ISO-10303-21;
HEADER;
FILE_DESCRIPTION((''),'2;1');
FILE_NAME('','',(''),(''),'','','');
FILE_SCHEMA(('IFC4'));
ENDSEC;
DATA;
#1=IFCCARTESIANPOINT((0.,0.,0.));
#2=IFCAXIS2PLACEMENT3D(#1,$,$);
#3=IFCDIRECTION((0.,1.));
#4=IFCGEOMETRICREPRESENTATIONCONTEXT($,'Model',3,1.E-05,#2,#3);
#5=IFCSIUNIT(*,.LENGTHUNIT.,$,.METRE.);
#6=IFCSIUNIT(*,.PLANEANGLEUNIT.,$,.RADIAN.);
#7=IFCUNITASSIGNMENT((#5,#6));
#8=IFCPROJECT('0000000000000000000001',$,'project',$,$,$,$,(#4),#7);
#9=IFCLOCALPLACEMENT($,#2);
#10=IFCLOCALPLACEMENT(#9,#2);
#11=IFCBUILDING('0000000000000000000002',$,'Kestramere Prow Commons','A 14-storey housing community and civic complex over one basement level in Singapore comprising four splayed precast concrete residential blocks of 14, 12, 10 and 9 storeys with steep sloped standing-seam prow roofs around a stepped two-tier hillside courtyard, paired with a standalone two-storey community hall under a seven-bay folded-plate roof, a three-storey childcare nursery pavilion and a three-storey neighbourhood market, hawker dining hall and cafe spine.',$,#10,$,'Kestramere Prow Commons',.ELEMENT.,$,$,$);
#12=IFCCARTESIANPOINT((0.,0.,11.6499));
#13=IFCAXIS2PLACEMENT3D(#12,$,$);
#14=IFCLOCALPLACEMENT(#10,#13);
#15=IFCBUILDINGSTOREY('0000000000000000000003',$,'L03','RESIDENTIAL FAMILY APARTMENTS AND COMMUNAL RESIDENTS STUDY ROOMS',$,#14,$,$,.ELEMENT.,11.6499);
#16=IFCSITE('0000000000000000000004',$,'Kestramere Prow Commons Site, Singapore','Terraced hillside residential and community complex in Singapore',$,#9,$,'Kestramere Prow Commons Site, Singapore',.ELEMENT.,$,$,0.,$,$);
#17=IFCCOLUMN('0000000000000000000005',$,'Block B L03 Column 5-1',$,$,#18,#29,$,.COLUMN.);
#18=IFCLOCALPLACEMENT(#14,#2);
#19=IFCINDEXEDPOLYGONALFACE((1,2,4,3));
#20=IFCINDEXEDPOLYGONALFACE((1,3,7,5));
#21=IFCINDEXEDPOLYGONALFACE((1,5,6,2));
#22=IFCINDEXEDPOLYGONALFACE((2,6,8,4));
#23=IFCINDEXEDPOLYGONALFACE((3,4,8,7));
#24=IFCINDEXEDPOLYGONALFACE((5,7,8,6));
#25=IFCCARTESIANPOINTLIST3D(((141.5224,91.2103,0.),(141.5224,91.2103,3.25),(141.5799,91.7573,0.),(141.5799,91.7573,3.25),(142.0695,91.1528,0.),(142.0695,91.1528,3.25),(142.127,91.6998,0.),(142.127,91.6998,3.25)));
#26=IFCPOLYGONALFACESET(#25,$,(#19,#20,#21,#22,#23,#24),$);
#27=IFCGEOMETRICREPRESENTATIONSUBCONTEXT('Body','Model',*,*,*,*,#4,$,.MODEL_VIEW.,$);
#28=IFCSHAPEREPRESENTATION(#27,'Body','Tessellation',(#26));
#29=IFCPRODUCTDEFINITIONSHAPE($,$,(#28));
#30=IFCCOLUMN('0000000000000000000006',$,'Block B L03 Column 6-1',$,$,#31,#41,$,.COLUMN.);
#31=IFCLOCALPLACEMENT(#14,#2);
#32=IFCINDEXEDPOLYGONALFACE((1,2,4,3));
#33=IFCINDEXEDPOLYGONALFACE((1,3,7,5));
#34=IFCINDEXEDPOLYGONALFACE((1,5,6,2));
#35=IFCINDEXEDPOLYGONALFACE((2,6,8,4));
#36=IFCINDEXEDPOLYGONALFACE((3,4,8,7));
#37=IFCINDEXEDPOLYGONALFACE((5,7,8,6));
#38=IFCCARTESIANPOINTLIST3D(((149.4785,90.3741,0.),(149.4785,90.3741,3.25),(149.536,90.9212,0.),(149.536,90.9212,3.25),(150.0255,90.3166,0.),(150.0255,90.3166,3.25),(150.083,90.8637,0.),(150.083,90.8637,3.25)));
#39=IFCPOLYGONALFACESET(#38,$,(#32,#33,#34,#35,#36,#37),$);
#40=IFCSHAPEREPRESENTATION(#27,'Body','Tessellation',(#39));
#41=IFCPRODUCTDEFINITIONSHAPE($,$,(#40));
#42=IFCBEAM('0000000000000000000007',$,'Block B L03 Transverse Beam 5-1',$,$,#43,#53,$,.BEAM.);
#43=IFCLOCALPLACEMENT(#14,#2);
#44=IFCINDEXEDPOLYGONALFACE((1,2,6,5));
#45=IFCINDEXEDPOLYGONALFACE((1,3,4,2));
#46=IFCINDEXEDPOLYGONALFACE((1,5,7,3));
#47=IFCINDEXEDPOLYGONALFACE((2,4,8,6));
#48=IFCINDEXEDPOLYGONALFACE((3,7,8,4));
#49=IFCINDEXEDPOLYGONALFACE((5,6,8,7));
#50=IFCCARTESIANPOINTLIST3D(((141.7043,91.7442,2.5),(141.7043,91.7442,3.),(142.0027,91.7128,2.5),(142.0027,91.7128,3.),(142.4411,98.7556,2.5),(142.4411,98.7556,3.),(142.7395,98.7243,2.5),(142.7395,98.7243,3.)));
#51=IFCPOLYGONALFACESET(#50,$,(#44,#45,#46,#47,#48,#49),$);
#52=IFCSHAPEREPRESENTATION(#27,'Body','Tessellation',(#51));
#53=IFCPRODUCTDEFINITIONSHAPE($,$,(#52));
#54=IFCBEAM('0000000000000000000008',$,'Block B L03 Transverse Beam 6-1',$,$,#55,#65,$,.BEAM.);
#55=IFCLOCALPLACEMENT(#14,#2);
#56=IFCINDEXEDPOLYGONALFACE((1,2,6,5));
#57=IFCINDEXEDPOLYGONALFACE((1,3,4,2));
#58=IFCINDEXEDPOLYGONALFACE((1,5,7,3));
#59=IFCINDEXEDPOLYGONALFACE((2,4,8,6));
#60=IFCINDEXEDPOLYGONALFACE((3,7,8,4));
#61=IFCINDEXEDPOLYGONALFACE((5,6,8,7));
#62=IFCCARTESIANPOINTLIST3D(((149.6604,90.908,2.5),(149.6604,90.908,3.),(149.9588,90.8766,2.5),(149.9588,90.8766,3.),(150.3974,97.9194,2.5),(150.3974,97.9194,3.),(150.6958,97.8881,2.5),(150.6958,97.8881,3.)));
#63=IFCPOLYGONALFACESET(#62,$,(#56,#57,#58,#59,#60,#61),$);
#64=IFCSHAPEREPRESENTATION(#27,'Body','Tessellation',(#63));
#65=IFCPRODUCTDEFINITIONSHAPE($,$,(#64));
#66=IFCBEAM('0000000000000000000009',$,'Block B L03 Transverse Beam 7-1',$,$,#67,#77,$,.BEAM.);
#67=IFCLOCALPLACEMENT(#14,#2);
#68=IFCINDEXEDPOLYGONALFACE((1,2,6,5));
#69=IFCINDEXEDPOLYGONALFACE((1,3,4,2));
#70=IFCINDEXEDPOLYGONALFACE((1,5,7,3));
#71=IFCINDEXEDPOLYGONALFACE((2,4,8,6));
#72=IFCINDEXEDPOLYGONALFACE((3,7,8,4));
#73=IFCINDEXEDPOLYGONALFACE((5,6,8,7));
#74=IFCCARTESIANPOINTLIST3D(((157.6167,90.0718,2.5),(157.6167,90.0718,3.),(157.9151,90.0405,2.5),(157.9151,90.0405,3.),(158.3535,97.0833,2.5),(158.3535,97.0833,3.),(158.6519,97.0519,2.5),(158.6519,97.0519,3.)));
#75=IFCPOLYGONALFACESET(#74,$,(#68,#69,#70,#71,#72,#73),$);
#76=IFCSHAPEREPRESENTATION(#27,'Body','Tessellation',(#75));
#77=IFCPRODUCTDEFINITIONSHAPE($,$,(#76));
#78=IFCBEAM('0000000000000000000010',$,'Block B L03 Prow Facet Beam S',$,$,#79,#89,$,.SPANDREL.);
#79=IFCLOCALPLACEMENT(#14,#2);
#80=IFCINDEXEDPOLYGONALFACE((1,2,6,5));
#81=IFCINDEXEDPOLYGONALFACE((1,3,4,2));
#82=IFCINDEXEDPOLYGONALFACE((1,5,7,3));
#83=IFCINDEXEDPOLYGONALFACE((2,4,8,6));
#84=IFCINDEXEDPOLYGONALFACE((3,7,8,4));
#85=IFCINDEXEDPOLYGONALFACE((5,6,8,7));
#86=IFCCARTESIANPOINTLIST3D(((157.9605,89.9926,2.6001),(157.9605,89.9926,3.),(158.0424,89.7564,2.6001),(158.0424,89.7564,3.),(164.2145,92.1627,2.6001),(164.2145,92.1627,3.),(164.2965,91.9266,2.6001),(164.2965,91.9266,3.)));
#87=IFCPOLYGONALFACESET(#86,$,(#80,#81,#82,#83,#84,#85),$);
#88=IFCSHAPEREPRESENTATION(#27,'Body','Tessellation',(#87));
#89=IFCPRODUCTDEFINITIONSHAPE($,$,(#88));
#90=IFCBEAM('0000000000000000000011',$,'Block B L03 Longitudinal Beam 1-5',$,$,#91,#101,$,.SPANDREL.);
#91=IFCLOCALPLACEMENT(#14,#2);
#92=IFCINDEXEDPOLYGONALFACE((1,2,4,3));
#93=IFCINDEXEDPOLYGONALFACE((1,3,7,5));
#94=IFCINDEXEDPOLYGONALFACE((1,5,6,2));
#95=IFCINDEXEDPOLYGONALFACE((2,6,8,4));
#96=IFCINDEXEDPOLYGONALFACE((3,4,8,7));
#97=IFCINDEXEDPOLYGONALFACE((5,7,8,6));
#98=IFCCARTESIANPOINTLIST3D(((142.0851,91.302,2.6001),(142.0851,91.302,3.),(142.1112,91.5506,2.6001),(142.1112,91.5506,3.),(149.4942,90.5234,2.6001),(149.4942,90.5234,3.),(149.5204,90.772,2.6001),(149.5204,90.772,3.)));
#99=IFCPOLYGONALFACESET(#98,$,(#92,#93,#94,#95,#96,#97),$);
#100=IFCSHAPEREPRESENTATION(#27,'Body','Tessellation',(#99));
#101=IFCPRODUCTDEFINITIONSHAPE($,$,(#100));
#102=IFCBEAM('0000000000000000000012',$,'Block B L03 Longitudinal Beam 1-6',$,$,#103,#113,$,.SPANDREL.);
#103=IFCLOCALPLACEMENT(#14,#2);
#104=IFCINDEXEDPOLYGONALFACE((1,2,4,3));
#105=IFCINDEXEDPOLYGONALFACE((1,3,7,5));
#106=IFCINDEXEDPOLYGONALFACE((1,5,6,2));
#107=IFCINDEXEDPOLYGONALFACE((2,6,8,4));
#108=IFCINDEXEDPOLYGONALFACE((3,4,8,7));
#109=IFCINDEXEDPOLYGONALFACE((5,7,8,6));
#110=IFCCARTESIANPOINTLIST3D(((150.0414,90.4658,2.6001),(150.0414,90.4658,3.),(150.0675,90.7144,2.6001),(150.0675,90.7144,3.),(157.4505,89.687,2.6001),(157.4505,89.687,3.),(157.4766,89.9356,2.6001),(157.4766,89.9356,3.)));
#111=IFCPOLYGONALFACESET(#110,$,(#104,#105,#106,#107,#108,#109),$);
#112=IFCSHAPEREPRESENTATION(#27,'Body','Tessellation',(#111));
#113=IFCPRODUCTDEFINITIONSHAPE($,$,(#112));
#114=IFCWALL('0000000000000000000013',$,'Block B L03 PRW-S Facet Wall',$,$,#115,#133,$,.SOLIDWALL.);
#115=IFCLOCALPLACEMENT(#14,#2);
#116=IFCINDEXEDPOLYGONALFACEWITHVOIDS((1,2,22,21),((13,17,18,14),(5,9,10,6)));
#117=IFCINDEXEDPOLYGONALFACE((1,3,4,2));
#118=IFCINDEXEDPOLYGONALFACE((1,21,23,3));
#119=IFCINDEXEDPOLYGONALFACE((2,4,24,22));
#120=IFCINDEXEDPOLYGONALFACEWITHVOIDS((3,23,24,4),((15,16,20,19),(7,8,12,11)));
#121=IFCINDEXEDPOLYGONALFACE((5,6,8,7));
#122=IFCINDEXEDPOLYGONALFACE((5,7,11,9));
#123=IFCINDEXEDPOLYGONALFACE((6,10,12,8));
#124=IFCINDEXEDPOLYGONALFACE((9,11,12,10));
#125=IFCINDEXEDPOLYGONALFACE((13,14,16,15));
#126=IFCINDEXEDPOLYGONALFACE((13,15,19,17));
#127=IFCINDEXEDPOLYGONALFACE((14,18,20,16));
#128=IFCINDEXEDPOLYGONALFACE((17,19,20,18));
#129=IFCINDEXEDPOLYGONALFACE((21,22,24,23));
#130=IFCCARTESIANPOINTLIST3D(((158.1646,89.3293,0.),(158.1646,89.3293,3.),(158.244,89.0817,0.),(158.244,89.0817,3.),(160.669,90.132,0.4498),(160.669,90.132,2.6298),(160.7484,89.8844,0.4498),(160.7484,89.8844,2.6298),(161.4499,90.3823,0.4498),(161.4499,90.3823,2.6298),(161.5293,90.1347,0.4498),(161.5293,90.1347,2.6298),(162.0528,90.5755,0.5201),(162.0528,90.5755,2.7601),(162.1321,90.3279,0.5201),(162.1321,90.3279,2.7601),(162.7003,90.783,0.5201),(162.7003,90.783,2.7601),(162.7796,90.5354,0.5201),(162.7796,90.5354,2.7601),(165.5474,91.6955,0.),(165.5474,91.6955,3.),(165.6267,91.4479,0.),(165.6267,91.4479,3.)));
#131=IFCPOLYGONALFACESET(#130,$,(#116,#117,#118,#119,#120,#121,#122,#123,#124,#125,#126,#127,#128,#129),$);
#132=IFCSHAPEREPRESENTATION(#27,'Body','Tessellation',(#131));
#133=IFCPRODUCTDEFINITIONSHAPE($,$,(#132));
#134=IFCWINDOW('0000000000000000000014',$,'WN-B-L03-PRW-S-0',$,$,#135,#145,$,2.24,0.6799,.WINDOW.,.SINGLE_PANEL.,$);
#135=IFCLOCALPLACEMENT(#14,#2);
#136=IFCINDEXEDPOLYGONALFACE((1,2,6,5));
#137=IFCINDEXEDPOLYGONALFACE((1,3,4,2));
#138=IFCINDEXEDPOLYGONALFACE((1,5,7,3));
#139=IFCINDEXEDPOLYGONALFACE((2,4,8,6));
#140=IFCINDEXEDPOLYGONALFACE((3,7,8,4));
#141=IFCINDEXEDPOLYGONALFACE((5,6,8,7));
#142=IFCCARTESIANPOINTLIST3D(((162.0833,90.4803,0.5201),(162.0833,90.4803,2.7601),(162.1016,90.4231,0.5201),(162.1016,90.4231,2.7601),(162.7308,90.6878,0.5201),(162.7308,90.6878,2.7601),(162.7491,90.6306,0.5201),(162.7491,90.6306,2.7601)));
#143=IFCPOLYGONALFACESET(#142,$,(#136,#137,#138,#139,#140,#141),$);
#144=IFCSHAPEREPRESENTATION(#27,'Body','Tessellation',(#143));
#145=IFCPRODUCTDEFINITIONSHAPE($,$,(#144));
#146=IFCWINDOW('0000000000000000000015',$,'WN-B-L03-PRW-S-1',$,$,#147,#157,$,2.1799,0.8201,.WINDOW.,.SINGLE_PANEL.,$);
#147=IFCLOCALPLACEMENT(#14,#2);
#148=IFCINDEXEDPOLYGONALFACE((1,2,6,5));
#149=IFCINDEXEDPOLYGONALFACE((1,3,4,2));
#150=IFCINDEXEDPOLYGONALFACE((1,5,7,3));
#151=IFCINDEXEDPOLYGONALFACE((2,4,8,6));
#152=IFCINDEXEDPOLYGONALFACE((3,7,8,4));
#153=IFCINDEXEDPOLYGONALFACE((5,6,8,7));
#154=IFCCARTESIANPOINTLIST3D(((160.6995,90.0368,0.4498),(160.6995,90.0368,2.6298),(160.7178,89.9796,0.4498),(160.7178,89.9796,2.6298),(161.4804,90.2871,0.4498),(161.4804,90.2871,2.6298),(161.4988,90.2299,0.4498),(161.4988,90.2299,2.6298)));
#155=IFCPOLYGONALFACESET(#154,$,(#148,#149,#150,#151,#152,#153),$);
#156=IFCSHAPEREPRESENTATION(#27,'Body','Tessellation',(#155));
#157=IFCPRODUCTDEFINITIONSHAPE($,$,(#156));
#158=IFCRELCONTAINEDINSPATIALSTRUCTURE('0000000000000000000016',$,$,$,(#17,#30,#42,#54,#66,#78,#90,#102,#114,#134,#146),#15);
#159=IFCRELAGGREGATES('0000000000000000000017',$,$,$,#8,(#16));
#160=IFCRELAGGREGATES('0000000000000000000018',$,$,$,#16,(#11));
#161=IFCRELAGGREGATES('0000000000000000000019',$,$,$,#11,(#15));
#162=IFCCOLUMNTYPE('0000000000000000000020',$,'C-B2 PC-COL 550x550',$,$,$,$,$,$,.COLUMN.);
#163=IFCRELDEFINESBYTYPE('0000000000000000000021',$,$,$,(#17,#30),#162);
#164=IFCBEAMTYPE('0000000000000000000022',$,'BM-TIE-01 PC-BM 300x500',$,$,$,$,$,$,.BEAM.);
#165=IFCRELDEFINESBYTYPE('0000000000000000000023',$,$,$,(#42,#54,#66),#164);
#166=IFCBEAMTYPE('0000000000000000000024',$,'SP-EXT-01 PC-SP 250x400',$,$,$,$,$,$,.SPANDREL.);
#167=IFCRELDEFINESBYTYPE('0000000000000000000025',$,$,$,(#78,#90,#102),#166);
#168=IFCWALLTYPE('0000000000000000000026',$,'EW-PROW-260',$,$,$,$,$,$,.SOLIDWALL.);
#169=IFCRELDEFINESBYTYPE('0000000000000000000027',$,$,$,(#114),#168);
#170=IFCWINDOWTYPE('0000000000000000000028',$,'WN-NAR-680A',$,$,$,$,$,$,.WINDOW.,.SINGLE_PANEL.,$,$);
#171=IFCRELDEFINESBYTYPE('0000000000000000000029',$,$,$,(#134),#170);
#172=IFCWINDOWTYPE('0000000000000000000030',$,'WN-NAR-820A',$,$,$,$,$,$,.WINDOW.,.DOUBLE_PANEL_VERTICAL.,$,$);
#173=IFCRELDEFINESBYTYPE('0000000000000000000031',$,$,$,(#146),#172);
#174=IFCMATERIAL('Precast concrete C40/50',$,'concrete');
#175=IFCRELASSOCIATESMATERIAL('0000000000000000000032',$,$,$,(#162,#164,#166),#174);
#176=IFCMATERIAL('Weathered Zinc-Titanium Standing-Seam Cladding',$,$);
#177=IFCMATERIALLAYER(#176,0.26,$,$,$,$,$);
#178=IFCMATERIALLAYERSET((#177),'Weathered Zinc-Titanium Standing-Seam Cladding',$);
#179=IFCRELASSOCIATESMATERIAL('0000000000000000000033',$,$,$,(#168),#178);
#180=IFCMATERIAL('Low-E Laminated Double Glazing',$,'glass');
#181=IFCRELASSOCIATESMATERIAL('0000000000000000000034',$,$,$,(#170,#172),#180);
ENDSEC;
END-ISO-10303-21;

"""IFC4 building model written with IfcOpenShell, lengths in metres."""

from ifc_helpers import new_model, si_unit, direction, frame, frame_2d, origin, origin_2d, place, context, subcontext, project, spatial, rectangle, extrude, material, layer, layer_set, material_profile, profile_set, type_object, element, fill, save


model = new_model("IFC4")

# Units and contexts
model_context = context("Model", 3, precision=1e-05, world=origin(), true_north=direction((0.0, 1.0)))
body_context = subcontext(model_context, "Body", "Model", "MODEL_VIEW")
ifc_project = project(units=[si_unit("LENGTHUNIT", "METRE"), si_unit("PLANEANGLEUNIT", "RADIAN")], contexts=[model_context])

# Site, building, storey
site_placement = place(None, origin())
site = spatial("IfcSite", under=ifc_project, at=site_placement, Name="Kestramere Prow Commons Site, Singapore", Description="Terraced hillside residential and community complex in Singapore", LongName="Kestramere Prow Commons Site, Singapore", CompositionType="ELEMENT", RefElevation=0.0)
building_placement = place(site_placement, origin())
building = spatial("IfcBuilding", under=site, at=building_placement, Name="Kestramere Prow Commons", Description="A 14-storey housing community and civic complex over one basement level in Singapore comprising four splayed precast concrete residential blocks of 14, 12, 10 and 9 storeys with steep sloped standing-seam prow roofs around a stepped two-tier hillside courtyard, paired with a standalone two-storey community hall under a seven-bay folded-plate roof, a three-storey childcare nursery pavilion and a three-storey neighbourhood market, hawker dining hall and cafe spine.", LongName="Kestramere Prow Commons", CompositionType="ELEMENT")
storey_placement = place(building_placement, frame((0.0, 0.0, 11.6499)))
storey = spatial("IfcBuildingStorey", under=building, at=storey_placement, Name="L03", Description="RESIDENTIAL FAMILY APARTMENTS AND COMMUNAL RESIDENTS STUDY ROOMS", CompositionType="ELEMENT", Elevation=11.6499)

# Columns
ifc_material_1 = material(Name="Precast concrete C40/50", Category="concrete")
ifc_material_profile_1 = material_profile(ifc_material_1, rectangle(XDim=0.55, YDim=0.55, at=origin_2d()), Name="PC-COL 550x550")
ifc_profile_set_1 = profile_set([ifc_material_profile_1], Name="Precast concrete C40/50")
column_type = type_object("IfcColumnType", Name="C-B2 PC-COL 550x550", PredefinedType="COLUMN", material=ifc_profile_set_1)
for number, where, z_axis, x_axis, name in (
    (1, (141.8247, 91.4551, 0.0), (0.0, 0.0, 1.0), (0.994522, -0.104528, 0.0), "Block B L03 Column 5-1"),
    (2, (149.7808, 90.6189, 0.0), (0.0, 0.0, 1.0), (0.994522, -0.104528, 0.0), "Block B L03 Column 6-1"),
):
    element("IfcColumn", number, at=place(storey_placement, frame(where, z_axis=z_axis, x_axis=x_axis)), inside=storey, type_object=column_type, Name=name, PredefinedType="COLUMN", context=body_context, shape_type="SweptSolid", body=[
        extrude(rectangle(XDim=0.55, YDim=0.55, at=origin_2d()), origin(), (0.0, 0.0, 1.0), 3.25),
    ])

# Beams
ifc_material_profile_2 = material_profile(ifc_material_1, rectangle(XDim=0.3, YDim=0.5, at=origin_2d()), Name="PC-BM 300x500")
ifc_profile_set_2 = profile_set([ifc_material_profile_2], Name="Precast concrete C40/50")
beam_type_1 = type_object("IfcBeamType", Name="BM-TIE-01 PC-BM 300x500", PredefinedType="BEAM", material=ifc_profile_set_2)
for number, where, z_axis, x_axis, name in (
    (3, (141.8535, 91.7285, 2.75), (0.104512, 0.994524, 0.0), (-0.994524, 0.104512, 0.0), "Block B L03 Transverse Beam 5-1"),
    (4, (149.8096, 90.8923, 2.75), (0.104546, 0.99452, 0.0), (-0.99452, 0.104546, 0.0), "Block B L03 Transverse Beam 6-1"),
    (5, (157.7659, 90.0562, 2.75), (0.104512, 0.994524, 0.0), (-0.994524, 0.104512, 0.0), "Block B L03 Transverse Beam 7-1"),
):
    element("IfcBeam", number, at=place(storey_placement, frame(where, z_axis=z_axis, x_axis=x_axis)), inside=storey, type_object=beam_type_1, Name=name, PredefinedType="BEAM", context=body_context, shape_type="SweptSolid", body=[
        extrude(rectangle(XDim=0.3, YDim=0.5, at=origin_2d()), origin(), (0.0, 0.0, 1.0), 7.05),
    ])
ifc_material_profile_3 = material_profile(ifc_material_1, rectangle(XDim=0.25, YDim=0.3999, at=origin_2d()), Name="PC-SP 250x400")
ifc_profile_set_3 = profile_set([ifc_material_profile_3], Name="Precast concrete C40/50")
beam_type_2 = type_object("IfcBeamType", Name="SP-EXT-01 PC-SP 250x400", PredefinedType="SPANDREL", material=ifc_profile_set_3)
beam_placement = place(storey_placement, frame((158.0015, 89.8745, 2.8), z_axis=(0.94474, 0.327821, 0.0), x_axis=(-0.327821, 0.94474, 0.0)))
element("IfcBeam", 6, at=beam_placement, inside=storey, type_object=beam_type_2, Name="Block B L03 Prow Facet Beam S", PredefinedType="SPANDREL", context=body_context, shape_type="SweptSolid", body=[
    extrude(rectangle(XDim=0.25, YDim=0.3999, at=origin_2d()), origin(), (0.0, 0.0, 1.0), 6.6199),
])
for number, where, z_axis, x_axis, name in (
    (7, (142.0981, 91.4263, 2.8), (0.994524, -0.104506, 0.0), (0.104506, 0.994524, 0.0), "Block B L03 Longitudinal Beam 1-5"),
    (8, (150.0544, 90.5901, 2.8), (0.994521, -0.104538, 0.0), (0.104538, 0.994521, 0.0), "Block B L03 Longitudinal Beam 1-6"),
):
    element("IfcBeam", number, at=place(storey_placement, frame(where, z_axis=z_axis, x_axis=x_axis)), inside=storey, type_object=beam_type_2, Name=name, PredefinedType="SPANDREL", context=body_context, shape_type="SweptSolid", body=[
        extrude(rectangle(XDim=0.25, YDim=0.3999, at=origin_2d()), origin(), (0.0, 0.0, 1.0), 7.45),
    ])

# Wall, openings, windows
ifc_material_2 = material(Name="Weathered Zinc-Titanium Standing-Seam Cladding")
ifc_layer_1 = layer(ifc_material_2, 0.26)
ifc_layer_set_1 = layer_set([ifc_layer_1], Name="Weathered Zinc-Titanium Standing-Seam Cladding")
wall_type_1 = type_object("IfcWallType", Name="EW-PROW-260", PredefinedType="SOLIDWALL", material=ifc_layer_set_1)
wall_1_placement = place(storey_placement, frame((165.5872, 91.5718, 0.0), z_axis=(0.0, 0.0, 1.0), x_axis=(-0.952285, -0.30521, 0.0)))
wall_1 = element("IfcWall", 9, at=wall_1_placement, inside=storey, type_object=wall_type_1, Name="Block B L03 PRW-S Facet Wall", PredefinedType="SOLIDWALL", context=body_context, shape_type="SweptSolid", body=[
    extrude(rectangle(XDim=7.7527, YDim=0.26, at=frame_2d((3.8765, 0.0))), origin(), (0.0, 0.0, 1.0), 3.0),
])
opening_1_placement = place(wall_1_placement, frame((2.99, 0.0, 0.52)))
opening_1 = element("IfcOpeningElement", 10, at=opening_1_placement, cuts=wall_1, PredefinedType="OPENING", context=body_context, shape_type="SweptSolid", body=[
    extrude(rectangle(XDim=0.6799, YDim=2.24, at=frame_2d((0.3398, 1.1201))), frame((0.0, 0.145, 0.0), z_axis=(0.0, -1.0, 0.0), x_axis=(1.0, 0.0, 0.0)), (0.0, 0.0, 1.0), 0.29),
])
opening_2_placement = place(wall_1_placement, frame((4.3027, 0.0, 0.45)))
opening_2 = element("IfcOpeningElement", 11, at=opening_2_placement, cuts=wall_1, PredefinedType="OPENING", context=body_context, shape_type="SweptSolid", body=[
    extrude(rectangle(XDim=0.8201, YDim=2.1799, at=frame_2d((0.4102, 1.0898))), frame((0.0, 0.145, 0.0), z_axis=(0.0, -1.0, 0.0), x_axis=(1.0, 0.0, 0.0)), (0.0, 0.0, 1.0), 0.29),
])
ifc_material_3 = material(Name="Low-E Laminated Double Glazing", Category="glass")
window_type_1 = type_object("IfcWindowType", Name="WN-NAR-680A", PartitioningType="SINGLE_PANEL", PredefinedType="WINDOW", material=ifc_material_3)
window_1_placement = place(opening_1_placement, origin())
window_1 = element("IfcWindow", 12, at=window_1_placement, inside=storey, type_object=window_type_1, Name="WN-B-L03-PRW-S-0", OverallHeight=2.24, OverallWidth=0.6799, PartitioningType="SINGLE_PANEL", PredefinedType="WINDOW", context=body_context, shape_type="SweptSolid", body=[
    extrude(rectangle(XDim=0.6799, YDim=2.24, at=frame_2d((0.3398, 1.1201))), frame((0.0, 0.03, 0.0), z_axis=(0.0, -1.0, 0.0), x_axis=(1.0, 0.0, 0.0)), (0.0, 0.0, 1.0), 0.0601),
])
fill(opening_1, window_1)
window_type_2 = type_object("IfcWindowType", Name="WN-NAR-820A", PartitioningType="DOUBLE_PANEL_VERTICAL", PredefinedType="WINDOW", material=ifc_material_3)
window_2_placement = place(opening_2_placement, origin())
window_2 = element("IfcWindow", 13, at=window_2_placement, inside=storey, type_object=window_type_2, Name="WN-B-L03-PRW-S-1", OverallHeight=2.1799, OverallWidth=0.8201, PartitioningType="SINGLE_PANEL", PredefinedType="WINDOW", context=body_context, shape_type="SweptSolid", body=[
    extrude(rectangle(XDim=0.8201, YDim=2.1799, at=frame_2d((0.4102, 1.0898))), frame((0.0, 0.03, 0.0), z_axis=(0.0, -1.0, 0.0), x_axis=(1.0, 0.0, 0.0)), (0.0, 0.0, 1.0), 0.0601),
])
fill(opening_2, window_2)

save(model, "model.ifc")
